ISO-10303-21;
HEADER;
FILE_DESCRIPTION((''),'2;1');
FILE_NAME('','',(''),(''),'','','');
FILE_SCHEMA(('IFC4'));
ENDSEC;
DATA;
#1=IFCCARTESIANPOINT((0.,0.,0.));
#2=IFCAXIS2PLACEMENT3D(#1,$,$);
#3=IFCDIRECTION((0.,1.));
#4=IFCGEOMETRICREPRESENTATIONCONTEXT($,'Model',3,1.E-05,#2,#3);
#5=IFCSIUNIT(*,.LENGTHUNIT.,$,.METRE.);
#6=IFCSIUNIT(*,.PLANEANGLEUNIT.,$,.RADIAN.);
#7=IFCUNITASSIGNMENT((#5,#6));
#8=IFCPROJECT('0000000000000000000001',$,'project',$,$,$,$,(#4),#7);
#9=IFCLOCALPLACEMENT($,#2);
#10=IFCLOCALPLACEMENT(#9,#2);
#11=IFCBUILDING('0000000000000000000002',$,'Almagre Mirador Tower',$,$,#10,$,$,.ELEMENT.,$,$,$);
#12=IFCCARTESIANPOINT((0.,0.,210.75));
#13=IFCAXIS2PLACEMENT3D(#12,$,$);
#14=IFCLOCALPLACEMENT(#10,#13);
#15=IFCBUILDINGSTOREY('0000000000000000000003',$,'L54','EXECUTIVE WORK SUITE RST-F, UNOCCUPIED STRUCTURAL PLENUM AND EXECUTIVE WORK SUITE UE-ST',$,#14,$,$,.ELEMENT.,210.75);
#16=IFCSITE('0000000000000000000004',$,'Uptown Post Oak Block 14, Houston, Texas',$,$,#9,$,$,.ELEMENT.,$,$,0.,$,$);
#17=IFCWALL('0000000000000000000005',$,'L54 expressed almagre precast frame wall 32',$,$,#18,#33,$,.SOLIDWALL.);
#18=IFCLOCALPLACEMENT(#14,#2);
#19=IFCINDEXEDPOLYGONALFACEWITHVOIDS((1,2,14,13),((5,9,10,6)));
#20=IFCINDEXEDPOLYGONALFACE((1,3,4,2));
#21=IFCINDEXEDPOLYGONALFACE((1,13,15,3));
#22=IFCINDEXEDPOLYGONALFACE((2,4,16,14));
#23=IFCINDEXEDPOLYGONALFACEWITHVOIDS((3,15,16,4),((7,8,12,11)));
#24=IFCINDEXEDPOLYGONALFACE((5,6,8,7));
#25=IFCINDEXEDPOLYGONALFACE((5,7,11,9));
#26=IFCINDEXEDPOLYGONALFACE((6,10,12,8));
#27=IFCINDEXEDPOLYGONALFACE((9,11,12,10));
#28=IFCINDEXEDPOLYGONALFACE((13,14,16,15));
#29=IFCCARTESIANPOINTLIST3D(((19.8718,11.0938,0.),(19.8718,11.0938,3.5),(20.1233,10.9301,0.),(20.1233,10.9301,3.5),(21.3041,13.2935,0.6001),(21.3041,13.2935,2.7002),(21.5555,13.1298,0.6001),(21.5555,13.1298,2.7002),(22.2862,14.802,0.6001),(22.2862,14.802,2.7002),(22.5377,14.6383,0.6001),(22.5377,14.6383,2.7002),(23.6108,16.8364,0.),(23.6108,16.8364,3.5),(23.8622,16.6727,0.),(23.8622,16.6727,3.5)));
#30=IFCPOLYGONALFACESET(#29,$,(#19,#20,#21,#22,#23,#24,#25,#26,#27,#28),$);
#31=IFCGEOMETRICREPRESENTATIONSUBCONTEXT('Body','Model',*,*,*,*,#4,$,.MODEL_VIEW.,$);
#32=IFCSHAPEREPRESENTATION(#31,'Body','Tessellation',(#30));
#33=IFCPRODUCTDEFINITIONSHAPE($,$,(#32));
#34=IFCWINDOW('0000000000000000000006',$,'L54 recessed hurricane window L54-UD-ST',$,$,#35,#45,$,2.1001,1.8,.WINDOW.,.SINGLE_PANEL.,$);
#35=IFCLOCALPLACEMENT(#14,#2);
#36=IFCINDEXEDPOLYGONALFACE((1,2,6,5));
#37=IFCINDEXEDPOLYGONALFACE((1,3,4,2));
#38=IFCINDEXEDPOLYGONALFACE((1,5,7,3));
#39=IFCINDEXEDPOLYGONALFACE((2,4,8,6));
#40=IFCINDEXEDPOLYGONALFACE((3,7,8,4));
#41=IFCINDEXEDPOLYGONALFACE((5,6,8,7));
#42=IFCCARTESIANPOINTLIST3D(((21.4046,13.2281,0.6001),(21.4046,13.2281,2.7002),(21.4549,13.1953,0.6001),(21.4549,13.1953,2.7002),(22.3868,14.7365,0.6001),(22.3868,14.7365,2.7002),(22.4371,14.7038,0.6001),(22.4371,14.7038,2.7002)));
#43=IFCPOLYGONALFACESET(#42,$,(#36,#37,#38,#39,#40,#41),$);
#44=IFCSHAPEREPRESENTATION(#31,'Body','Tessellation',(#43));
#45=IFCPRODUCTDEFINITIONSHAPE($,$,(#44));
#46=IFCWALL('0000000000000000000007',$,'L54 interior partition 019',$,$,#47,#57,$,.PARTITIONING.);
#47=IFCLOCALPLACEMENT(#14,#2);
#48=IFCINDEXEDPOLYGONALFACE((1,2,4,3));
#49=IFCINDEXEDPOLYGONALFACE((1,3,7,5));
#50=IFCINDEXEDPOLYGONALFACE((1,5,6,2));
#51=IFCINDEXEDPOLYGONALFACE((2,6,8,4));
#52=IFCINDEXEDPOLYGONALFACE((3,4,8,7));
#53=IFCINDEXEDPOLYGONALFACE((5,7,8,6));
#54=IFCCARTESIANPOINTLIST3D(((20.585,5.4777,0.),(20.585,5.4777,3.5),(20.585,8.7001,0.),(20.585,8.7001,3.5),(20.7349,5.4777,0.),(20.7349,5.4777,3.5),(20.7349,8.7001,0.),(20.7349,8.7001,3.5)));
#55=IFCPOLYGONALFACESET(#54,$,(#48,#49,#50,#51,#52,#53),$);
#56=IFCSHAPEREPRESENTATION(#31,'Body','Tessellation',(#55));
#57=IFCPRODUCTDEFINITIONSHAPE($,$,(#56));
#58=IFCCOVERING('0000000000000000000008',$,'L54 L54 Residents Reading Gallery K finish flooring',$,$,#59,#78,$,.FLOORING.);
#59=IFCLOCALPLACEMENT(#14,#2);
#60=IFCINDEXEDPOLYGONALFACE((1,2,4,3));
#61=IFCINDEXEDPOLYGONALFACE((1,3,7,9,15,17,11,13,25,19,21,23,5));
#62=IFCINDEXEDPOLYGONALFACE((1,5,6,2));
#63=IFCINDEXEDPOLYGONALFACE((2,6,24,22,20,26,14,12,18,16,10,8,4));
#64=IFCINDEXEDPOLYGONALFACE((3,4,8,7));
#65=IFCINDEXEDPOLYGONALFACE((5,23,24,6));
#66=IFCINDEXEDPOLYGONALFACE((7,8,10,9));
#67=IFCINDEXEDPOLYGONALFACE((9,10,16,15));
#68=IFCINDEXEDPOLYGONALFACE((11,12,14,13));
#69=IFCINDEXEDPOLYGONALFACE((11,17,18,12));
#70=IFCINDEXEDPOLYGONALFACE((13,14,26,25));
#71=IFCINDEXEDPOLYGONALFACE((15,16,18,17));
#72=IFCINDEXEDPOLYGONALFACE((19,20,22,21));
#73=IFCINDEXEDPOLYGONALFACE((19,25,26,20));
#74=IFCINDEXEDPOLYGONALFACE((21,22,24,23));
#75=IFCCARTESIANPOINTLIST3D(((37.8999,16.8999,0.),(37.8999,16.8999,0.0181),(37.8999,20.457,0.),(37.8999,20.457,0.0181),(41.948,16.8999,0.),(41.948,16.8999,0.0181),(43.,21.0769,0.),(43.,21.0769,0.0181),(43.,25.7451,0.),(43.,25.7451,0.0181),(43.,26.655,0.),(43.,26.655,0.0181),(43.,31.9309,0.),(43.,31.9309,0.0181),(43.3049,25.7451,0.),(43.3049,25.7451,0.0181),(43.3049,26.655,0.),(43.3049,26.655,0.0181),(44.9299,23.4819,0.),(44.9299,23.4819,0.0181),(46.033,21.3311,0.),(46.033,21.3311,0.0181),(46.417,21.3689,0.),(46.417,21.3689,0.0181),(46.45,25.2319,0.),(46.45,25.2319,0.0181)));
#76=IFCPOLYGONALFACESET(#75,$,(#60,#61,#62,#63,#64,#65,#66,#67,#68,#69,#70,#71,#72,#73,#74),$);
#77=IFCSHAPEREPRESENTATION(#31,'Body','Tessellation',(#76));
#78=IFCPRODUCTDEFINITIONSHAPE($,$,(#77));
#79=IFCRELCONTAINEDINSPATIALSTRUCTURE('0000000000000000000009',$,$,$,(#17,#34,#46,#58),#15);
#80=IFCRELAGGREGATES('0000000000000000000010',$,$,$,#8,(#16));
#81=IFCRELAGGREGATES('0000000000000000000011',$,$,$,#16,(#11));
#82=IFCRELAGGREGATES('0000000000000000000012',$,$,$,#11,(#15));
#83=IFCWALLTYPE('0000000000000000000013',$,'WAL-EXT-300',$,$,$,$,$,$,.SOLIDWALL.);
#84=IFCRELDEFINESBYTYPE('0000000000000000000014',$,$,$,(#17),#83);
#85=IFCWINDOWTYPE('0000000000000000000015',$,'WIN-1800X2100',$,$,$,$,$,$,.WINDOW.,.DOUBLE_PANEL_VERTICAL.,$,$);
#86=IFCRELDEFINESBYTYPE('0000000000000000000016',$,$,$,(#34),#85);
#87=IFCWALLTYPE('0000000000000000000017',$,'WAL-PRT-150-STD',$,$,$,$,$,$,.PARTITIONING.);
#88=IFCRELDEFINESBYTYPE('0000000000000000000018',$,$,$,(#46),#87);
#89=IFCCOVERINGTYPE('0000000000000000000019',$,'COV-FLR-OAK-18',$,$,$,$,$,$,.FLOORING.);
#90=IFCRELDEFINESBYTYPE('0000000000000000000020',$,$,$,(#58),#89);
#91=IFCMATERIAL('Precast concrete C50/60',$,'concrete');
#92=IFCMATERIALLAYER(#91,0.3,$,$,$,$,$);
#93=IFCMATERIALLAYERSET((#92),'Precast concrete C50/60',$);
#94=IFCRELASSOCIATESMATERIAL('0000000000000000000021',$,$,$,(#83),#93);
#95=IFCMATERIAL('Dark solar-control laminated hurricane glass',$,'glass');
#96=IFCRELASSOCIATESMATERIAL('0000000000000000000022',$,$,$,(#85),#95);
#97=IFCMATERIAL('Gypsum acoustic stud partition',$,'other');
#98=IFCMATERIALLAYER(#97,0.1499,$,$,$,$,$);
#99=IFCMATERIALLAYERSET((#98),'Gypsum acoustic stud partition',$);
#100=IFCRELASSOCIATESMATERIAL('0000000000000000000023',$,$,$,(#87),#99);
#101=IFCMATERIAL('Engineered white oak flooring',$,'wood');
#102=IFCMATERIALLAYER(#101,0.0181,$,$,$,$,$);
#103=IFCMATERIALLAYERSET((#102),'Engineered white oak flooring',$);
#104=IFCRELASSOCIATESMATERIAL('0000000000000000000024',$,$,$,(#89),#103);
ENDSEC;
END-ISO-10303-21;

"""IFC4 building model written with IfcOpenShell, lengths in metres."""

from ifc_helpers import new_model, si_unit, direction, frame, frame_2d, origin, place, context, subcontext, project, spatial, polyline, rectangle, outline, extrude, material, layer, layer_set, type_object, element, fill, save


model = new_model("IFC4")

# Units and contexts
model_context = context("Model", 3, precision=1e-05, world=origin(), true_north=direction((0.0, 1.0)))
body_context = subcontext(model_context, "Body", "Model", "MODEL_VIEW")
ifc_project = project(units=[si_unit("LENGTHUNIT", "METRE"), si_unit("PLANEANGLEUNIT", "RADIAN")], contexts=[model_context])

# Site, building, storey
site_placement = place(None, origin())
site = spatial("IfcSite", under=ifc_project, at=site_placement, Name="Uptown Post Oak Block 14, Houston, Texas", CompositionType="ELEMENT", RefElevation=0.0)
building_placement = place(site_placement, origin())
building = spatial("IfcBuilding", under=site, at=building_placement, Name="Almagre Mirador Tower", CompositionType="ELEMENT")
storey_placement = place(building_placement, frame((0.0, 0.0, 210.75)))
storey = spatial("IfcBuildingStorey", under=building, at=storey_placement, Name="L54", Description="EXECUTIVE WORK SUITE RST-F, UNOCCUPIED STRUCTURAL PLENUM AND EXECUTIVE WORK SUITE UE-ST", CompositionType="ELEMENT", Elevation=210.75)

# Shared definitions
ifc_material_1 = material(Name="Precast concrete C50/60", Category="concrete")
ifc_layer_1 = layer(ifc_material_1, 0.3)
ifc_layer_set_1 = layer_set([ifc_layer_1], Name="Precast concrete C50/60")
wall_type_1 = type_object("IfcWallType", Name="WAL-EXT-300", PredefinedType="SOLIDWALL", material=ifc_layer_set_1)

# Wall, opening, window
wall_1_placement = place(storey_placement, frame((19.9976, 11.012, 0.0), z_axis=(0.0, 0.0, 1.0), x_axis=(0.545632, 0.838025, 0.0)))
wall_1 = element("IfcWall", 1, at=wall_1_placement, inside=storey, type_object=wall_type_1, Name="L54 expressed almagre precast frame wall 32", PredefinedType="SOLIDWALL", context=body_context, shape_type="SweptSolid", body=[
    extrude(rectangle(XDim=6.8525, YDim=0.3, at=frame_2d((3.4263, 0.0))), origin(), (0.0, 0.0, 1.0), 3.5),
])
opening_1_placement = place(wall_1_placement, frame((2.625, 0.0, 0.6001)))
opening_1 = element("IfcOpeningElement", 2, at=opening_1_placement, cuts=wall_1, PredefinedType="OPENING", context=body_context, shape_type="SweptSolid", body=[
    extrude(rectangle(XDim=1.8, YDim=2.1001, at=frame_2d((0.8999, 1.05))), frame((0.0, 0.1599, 0.0), z_axis=(0.0, -1.0, 0.0), x_axis=(1.0, 0.0, 0.0)), (0.0, 0.0, 1.0), 0.32),
])
ifc_material_2 = material(Name="Dark solar-control laminated hurricane glass", Category="glass")
window_type_1 = type_object("IfcWindowType", Name="WIN-1800X2100", PartitioningType="DOUBLE_PANEL_VERTICAL", PredefinedType="WINDOW", material=ifc_material_2)
window_1_placement = place(opening_1_placement, origin())
window_1 = element("IfcWindow", 3, at=window_1_placement, inside=storey, type_object=window_type_1, Name="L54 recessed hurricane window L54-UD-ST", OverallHeight=2.1001, OverallWidth=1.8, PartitioningType="SINGLE_PANEL", PredefinedType="WINDOW", context=body_context, shape_type="SweptSolid", body=[
    extrude(rectangle(XDim=1.8, YDim=2.1001, at=frame_2d((0.8999, 1.05))), frame((0.0, 0.03, 0.0), z_axis=(0.0, -1.0, 0.0), x_axis=(1.0, 0.0, 0.0)), (0.0, 0.0, 1.0), 0.0601),
])
fill(opening_1, window_1)

# Wall
ifc_material_3 = material(Name="Gypsum acoustic stud partition", Category="other")
ifc_layer_2 = layer(ifc_material_3, 0.1499)
ifc_layer_set_2 = layer_set([ifc_layer_2], Name="Gypsum acoustic stud partition")
wall_type_2 = type_object("IfcWallType", Name="WAL-PRT-150-STD", PredefinedType="PARTITIONING", material=ifc_layer_set_2)
wall_2_placement = place(storey_placement, frame((20.6599, 5.4775, 0.0), z_axis=(0.0, 0.0, 1.0), x_axis=(0.0, 1.0, 0.0)))
element("IfcWall", 4, at=wall_2_placement, inside=storey, type_object=wall_type_2, Name="L54 interior partition 019", PredefinedType="PARTITIONING", context=body_context, shape_type="SweptSolid", body=[
    extrude(rectangle(XDim=3.2224, YDim=0.1499, at=frame_2d((1.6113, 0.0))), origin(), (0.0, 0.0, 1.0), 3.5),
])

# Covering
ifc_material_4 = material(Name="Engineered white oak flooring", Category="wood")
ifc_layer_3 = layer(ifc_material_4, 0.0181)
ifc_layer_set_3 = layer_set([ifc_layer_3], Name="Engineered white oak flooring")
covering_type = type_object("IfcCoveringType", Name="COV-FLR-OAK-18", PredefinedType="FLOORING", material=ifc_layer_set_3)
covering_placement = place(storey_placement, origin())
element("IfcCovering", 5, at=covering_placement, inside=storey, type_object=covering_type, Name="L54 L54 Residents Reading Gallery K finish flooring", PredefinedType="FLOORING", context=body_context, shape_type="SweptSolid", body=[
    extrude(outline(polyline([(37.8999, 20.457), (43.0, 21.0769), (43.0, 25.7451), (43.3049, 25.7451), (43.3049, 26.655), (43.0, 26.655), (43.0, 31.9309), (46.45, 25.2319), (44.9299, 23.4819), (46.033, 21.3311), (46.417, 21.3689), (41.948, 16.8999), (37.8999, 16.8999), (37.8999, 20.457)])), origin(), (0.0, 0.0, 1.0), 0.0181),
])

save(model, "model.ifc")
